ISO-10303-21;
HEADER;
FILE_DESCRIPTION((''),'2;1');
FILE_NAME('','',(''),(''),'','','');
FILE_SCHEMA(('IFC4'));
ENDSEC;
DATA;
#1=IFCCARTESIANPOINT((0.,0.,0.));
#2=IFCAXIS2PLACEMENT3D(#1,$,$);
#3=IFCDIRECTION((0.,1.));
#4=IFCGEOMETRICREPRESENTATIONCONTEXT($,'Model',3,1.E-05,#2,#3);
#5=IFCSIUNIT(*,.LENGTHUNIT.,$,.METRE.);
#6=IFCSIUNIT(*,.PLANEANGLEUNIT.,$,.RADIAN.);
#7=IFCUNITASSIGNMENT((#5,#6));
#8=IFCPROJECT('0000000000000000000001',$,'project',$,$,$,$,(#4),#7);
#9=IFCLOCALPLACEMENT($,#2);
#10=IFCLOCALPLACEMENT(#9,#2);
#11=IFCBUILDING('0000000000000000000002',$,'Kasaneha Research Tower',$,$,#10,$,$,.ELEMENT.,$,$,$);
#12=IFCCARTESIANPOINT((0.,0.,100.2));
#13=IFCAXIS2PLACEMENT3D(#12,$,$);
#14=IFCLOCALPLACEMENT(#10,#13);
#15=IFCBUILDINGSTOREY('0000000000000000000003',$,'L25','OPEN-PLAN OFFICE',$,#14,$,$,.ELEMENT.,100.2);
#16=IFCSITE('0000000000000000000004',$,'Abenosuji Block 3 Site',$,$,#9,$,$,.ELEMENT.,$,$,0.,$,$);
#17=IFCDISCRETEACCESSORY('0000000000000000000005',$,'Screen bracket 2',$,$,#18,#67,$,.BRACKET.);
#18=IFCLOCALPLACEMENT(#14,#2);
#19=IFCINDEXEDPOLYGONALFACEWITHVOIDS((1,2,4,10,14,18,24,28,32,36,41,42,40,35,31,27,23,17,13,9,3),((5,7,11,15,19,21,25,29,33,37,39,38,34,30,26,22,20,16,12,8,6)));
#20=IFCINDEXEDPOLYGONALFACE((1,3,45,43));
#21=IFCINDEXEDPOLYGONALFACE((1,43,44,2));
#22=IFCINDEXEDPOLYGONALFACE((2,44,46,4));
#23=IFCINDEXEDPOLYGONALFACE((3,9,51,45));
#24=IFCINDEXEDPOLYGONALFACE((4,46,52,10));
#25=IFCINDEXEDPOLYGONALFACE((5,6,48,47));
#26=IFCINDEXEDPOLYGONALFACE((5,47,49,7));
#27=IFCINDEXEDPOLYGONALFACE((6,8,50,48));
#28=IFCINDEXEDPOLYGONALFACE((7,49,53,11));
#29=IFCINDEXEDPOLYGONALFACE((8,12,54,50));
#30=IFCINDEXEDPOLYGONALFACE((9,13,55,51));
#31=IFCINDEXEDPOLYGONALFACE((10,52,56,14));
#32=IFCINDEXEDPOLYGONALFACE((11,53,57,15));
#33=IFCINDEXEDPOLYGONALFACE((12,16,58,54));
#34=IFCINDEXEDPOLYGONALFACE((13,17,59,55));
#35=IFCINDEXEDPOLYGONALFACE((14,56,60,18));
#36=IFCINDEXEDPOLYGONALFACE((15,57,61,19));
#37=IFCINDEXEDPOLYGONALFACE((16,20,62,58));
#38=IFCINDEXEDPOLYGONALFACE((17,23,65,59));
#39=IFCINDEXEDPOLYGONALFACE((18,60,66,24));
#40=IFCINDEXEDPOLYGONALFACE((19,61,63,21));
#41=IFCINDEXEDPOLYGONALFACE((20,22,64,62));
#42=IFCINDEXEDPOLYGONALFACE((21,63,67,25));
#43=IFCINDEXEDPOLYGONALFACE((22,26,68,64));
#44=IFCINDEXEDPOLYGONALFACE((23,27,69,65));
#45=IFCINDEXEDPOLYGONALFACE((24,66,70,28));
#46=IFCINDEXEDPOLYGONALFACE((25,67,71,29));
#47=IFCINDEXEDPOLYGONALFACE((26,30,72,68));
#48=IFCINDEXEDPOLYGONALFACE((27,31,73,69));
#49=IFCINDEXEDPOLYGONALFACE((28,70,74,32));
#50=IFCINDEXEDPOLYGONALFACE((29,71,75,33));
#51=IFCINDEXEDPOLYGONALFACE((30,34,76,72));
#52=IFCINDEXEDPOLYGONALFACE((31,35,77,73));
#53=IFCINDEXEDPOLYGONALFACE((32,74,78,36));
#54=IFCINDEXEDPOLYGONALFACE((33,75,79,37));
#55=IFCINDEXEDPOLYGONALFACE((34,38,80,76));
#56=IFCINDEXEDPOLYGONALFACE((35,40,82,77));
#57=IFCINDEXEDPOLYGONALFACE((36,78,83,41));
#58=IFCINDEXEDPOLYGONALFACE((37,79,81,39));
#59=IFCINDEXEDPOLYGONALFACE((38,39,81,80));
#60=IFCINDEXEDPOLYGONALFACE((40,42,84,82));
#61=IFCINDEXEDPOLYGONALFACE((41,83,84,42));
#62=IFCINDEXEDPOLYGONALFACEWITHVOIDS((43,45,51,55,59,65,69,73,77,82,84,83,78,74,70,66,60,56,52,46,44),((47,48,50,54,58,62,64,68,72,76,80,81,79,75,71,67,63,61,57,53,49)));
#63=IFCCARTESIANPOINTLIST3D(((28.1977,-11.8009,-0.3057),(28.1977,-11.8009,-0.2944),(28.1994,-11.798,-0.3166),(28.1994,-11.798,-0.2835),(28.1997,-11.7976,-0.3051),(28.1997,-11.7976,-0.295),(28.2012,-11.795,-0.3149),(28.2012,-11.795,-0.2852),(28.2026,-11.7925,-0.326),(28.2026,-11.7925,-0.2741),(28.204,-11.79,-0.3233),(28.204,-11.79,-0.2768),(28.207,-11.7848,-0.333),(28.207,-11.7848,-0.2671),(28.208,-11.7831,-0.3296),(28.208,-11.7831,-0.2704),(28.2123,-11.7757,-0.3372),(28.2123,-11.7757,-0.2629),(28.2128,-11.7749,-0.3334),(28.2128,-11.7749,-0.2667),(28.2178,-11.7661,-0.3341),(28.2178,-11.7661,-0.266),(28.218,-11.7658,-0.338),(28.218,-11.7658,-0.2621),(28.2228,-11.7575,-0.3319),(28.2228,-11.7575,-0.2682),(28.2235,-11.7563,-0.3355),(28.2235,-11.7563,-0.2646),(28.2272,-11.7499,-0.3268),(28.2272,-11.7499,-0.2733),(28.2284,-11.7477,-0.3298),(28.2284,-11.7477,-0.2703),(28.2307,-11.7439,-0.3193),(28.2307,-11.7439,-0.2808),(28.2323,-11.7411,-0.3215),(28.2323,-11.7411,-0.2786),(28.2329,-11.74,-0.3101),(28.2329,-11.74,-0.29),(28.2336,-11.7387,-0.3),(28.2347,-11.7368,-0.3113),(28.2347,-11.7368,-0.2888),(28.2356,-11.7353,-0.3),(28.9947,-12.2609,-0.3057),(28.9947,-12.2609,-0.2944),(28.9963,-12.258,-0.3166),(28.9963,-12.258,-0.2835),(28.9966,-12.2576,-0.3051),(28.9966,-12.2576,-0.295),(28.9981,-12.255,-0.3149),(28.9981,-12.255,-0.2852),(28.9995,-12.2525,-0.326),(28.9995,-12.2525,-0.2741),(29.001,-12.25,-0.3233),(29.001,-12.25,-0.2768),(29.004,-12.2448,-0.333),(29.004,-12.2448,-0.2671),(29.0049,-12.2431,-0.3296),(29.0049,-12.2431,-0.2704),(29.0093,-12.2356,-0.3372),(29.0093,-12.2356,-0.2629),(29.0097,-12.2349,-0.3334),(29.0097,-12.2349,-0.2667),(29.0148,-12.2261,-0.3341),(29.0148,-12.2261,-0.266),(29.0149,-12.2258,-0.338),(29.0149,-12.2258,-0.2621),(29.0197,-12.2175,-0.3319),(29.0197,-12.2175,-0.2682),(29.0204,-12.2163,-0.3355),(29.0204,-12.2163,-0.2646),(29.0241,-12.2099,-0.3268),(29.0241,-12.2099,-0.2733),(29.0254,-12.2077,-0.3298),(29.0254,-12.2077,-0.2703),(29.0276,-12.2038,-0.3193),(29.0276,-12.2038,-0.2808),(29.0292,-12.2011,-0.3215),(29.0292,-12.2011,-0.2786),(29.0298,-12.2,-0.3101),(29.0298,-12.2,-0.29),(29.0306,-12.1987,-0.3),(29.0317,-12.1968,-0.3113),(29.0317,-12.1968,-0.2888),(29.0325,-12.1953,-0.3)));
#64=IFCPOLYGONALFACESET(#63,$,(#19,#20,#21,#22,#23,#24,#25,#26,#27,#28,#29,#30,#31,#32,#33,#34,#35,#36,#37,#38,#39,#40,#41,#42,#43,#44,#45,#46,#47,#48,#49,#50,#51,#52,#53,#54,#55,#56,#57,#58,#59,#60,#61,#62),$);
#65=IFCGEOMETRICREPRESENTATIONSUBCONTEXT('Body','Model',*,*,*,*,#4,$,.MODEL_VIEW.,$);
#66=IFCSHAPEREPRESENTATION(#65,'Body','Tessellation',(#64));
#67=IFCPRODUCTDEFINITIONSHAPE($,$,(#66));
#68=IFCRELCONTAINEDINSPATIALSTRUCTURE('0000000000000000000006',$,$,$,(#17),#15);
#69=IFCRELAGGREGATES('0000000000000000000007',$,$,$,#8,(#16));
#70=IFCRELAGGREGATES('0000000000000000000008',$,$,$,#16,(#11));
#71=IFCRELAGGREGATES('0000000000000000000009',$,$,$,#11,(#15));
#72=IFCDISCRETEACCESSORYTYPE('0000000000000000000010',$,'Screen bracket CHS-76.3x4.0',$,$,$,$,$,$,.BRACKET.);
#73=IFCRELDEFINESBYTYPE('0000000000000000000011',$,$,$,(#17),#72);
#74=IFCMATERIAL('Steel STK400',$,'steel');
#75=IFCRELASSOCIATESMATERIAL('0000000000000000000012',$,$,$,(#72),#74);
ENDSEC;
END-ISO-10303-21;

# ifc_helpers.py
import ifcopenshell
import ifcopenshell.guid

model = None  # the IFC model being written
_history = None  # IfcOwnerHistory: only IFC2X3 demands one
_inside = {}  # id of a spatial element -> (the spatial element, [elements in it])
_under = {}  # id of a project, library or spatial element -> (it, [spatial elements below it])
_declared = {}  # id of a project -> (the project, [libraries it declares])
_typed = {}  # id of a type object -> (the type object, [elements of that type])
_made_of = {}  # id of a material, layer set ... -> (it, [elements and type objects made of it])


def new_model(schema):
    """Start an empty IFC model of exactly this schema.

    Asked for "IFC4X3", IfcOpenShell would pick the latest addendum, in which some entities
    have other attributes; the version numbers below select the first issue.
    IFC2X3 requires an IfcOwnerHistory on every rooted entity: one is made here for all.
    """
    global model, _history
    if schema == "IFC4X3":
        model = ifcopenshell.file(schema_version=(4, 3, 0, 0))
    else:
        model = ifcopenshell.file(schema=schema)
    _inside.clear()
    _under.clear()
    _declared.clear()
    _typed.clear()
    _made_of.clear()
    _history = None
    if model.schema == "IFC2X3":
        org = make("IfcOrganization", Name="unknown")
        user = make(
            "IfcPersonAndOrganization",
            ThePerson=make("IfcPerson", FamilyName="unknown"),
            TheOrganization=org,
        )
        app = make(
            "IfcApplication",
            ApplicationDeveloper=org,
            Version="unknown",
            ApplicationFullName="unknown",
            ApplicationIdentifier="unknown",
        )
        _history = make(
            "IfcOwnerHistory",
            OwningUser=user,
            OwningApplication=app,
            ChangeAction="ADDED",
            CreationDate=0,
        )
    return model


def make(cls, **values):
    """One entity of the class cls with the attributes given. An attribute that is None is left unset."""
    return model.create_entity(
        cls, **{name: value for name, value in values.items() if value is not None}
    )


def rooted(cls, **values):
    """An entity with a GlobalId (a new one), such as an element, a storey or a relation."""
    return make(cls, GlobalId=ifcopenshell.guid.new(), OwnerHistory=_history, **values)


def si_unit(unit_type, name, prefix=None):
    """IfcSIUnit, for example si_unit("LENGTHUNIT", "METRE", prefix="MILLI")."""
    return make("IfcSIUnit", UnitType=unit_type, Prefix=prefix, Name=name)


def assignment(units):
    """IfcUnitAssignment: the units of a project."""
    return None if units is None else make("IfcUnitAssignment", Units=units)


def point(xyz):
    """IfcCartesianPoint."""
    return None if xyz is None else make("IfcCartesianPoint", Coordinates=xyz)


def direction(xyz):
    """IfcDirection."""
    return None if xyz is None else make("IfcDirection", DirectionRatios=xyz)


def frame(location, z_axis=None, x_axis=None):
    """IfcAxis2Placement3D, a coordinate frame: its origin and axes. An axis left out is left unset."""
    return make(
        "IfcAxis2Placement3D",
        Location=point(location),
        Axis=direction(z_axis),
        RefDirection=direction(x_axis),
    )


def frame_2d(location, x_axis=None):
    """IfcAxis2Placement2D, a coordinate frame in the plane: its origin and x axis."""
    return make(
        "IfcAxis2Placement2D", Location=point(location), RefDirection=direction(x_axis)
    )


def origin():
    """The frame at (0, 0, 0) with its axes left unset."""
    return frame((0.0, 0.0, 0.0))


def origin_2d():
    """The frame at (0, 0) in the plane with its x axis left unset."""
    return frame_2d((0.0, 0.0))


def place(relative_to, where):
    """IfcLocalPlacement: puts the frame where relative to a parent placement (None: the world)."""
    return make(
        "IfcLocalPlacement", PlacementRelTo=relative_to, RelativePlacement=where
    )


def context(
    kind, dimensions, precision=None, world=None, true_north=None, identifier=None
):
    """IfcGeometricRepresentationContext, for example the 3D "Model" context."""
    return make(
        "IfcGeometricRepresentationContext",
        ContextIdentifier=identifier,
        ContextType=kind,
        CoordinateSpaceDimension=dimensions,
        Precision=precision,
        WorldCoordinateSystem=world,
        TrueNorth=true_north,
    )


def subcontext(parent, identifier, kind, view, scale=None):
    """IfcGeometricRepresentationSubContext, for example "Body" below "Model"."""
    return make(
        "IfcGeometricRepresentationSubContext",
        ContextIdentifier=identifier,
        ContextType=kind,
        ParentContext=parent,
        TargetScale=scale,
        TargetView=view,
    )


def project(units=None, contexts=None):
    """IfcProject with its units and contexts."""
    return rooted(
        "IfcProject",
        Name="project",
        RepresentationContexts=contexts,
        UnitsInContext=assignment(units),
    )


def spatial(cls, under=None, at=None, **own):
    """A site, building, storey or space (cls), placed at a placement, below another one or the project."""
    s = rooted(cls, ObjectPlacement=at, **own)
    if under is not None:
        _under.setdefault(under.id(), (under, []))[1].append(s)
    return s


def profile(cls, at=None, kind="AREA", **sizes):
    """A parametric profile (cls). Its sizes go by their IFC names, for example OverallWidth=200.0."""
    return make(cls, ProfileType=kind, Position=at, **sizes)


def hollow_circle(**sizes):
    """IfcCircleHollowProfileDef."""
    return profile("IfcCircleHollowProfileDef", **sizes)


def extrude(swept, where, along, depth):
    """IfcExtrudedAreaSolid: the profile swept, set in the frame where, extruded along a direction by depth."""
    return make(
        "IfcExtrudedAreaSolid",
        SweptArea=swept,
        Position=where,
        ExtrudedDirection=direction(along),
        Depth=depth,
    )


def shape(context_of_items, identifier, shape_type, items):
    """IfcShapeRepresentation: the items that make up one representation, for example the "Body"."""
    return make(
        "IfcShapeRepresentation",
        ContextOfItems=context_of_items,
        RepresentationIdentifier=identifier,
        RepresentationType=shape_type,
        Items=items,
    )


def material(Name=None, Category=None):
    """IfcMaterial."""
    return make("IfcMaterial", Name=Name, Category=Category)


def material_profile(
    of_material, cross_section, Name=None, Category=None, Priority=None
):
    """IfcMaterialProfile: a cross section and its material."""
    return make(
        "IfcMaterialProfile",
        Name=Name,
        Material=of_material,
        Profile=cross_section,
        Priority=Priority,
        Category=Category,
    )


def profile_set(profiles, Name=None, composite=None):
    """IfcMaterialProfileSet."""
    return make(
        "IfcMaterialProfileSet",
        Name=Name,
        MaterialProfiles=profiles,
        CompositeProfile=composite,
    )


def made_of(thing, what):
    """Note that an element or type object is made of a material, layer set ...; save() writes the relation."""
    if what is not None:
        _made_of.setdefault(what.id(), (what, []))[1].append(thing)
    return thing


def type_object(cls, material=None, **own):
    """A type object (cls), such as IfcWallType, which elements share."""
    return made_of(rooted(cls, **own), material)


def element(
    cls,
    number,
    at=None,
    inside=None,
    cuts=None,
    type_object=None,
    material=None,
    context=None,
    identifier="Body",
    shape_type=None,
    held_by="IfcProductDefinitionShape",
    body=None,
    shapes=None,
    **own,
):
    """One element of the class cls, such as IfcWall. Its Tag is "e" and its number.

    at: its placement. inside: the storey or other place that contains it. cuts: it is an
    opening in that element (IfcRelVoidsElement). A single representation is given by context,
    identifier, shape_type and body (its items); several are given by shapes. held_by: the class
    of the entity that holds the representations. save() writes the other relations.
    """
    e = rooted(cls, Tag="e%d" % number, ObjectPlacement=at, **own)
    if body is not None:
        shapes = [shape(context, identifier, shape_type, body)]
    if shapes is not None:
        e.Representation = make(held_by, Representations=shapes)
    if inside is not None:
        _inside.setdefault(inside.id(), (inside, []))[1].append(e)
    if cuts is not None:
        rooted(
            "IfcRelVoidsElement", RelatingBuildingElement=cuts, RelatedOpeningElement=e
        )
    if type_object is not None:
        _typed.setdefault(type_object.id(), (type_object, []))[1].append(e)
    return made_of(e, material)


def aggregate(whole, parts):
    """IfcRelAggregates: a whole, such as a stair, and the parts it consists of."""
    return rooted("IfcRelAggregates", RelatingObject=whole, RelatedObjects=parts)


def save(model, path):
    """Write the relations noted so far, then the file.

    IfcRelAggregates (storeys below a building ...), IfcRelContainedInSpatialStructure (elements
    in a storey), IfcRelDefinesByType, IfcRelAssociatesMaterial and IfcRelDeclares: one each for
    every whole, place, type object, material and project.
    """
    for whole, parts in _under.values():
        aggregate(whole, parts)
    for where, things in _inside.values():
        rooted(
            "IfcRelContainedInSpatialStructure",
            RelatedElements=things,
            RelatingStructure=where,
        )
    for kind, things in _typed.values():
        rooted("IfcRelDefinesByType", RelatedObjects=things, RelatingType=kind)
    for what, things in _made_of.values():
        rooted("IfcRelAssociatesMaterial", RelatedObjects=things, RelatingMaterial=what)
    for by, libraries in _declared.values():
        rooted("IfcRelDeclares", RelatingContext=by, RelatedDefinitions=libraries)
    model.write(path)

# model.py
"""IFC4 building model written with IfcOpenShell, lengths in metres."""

from ifc_helpers import new_model, si_unit, direction, frame, origin, origin_2d, place, context, subcontext, project, spatial, hollow_circle, extrude, material, material_profile, profile_set, type_object, element, save


model = new_model("IFC4")

# Units and contexts
model_context = context("Model", 3, precision=1e-05, world=origin(), true_north=direction((0.0, 1.0)))
body_context = subcontext(model_context, "Body", "Model", "MODEL_VIEW")
ifc_project = project(units=[si_unit("LENGTHUNIT", "METRE"), si_unit("PLANEANGLEUNIT", "RADIAN")], contexts=[model_context])

# Site, building, storey
site_placement = place(None, origin())
site = spatial("IfcSite", under=ifc_project, at=site_placement, Name="Abenosuji Block 3 Site", CompositionType="ELEMENT", RefElevation=0.0)
building_placement = place(site_placement, origin())
building = spatial("IfcBuilding", under=site, at=building_placement, Name="Kasaneha Research Tower", CompositionType="ELEMENT")
storey_placement = place(building_placement, frame((0.0, 0.0, 100.2)))
storey = spatial("IfcBuildingStorey", under=building, at=storey_placement, Name="L25", Description="OPEN-PLAN OFFICE", CompositionType="ELEMENT", Elevation=100.2)

# Discrete accessory
ifc_material_1 = material(Name="Steel STK400", Category="steel")
ifc_material_profile_1 = material_profile(ifc_material_1, hollow_circle(Radius=0.0381, WallThickness=0.0039, at=origin_2d()), Name="CHS-76.3x4.0")
ifc_profile_set_1 = profile_set([ifc_material_profile_1], Name="Steel STK400")
discrete_accessory_type = type_object("IfcDiscreteAccessoryType", Name="Screen bracket CHS-76.3x4.0", PredefinedType="BRACKET", material=ifc_profile_set_1)
for number, where, z_axis, x_axis, name in (
    (1, (28.2166, -11.7683, -0.3), (0.86608, -0.499906, 0.0), (0.499906, 0.86608, 0.0), "Screen bracket 2"),
):
    element("IfcDiscreteAccessory", number, at=place(storey_placement, frame(where, z_axis=z_axis, x_axis=x_axis)), inside=storey, type_object=discrete_accessory_type, Name=name, PredefinedType="BRACKET", context=body_context, shape_type="SweptSolid", body=[
        extrude(hollow_circle(Radius=0.0381, WallThickness=0.0039, at=origin_2d()), origin(), (0.0, 0.0, 1.0), 0.9202),
    ])

save(model, "model.ifc")
